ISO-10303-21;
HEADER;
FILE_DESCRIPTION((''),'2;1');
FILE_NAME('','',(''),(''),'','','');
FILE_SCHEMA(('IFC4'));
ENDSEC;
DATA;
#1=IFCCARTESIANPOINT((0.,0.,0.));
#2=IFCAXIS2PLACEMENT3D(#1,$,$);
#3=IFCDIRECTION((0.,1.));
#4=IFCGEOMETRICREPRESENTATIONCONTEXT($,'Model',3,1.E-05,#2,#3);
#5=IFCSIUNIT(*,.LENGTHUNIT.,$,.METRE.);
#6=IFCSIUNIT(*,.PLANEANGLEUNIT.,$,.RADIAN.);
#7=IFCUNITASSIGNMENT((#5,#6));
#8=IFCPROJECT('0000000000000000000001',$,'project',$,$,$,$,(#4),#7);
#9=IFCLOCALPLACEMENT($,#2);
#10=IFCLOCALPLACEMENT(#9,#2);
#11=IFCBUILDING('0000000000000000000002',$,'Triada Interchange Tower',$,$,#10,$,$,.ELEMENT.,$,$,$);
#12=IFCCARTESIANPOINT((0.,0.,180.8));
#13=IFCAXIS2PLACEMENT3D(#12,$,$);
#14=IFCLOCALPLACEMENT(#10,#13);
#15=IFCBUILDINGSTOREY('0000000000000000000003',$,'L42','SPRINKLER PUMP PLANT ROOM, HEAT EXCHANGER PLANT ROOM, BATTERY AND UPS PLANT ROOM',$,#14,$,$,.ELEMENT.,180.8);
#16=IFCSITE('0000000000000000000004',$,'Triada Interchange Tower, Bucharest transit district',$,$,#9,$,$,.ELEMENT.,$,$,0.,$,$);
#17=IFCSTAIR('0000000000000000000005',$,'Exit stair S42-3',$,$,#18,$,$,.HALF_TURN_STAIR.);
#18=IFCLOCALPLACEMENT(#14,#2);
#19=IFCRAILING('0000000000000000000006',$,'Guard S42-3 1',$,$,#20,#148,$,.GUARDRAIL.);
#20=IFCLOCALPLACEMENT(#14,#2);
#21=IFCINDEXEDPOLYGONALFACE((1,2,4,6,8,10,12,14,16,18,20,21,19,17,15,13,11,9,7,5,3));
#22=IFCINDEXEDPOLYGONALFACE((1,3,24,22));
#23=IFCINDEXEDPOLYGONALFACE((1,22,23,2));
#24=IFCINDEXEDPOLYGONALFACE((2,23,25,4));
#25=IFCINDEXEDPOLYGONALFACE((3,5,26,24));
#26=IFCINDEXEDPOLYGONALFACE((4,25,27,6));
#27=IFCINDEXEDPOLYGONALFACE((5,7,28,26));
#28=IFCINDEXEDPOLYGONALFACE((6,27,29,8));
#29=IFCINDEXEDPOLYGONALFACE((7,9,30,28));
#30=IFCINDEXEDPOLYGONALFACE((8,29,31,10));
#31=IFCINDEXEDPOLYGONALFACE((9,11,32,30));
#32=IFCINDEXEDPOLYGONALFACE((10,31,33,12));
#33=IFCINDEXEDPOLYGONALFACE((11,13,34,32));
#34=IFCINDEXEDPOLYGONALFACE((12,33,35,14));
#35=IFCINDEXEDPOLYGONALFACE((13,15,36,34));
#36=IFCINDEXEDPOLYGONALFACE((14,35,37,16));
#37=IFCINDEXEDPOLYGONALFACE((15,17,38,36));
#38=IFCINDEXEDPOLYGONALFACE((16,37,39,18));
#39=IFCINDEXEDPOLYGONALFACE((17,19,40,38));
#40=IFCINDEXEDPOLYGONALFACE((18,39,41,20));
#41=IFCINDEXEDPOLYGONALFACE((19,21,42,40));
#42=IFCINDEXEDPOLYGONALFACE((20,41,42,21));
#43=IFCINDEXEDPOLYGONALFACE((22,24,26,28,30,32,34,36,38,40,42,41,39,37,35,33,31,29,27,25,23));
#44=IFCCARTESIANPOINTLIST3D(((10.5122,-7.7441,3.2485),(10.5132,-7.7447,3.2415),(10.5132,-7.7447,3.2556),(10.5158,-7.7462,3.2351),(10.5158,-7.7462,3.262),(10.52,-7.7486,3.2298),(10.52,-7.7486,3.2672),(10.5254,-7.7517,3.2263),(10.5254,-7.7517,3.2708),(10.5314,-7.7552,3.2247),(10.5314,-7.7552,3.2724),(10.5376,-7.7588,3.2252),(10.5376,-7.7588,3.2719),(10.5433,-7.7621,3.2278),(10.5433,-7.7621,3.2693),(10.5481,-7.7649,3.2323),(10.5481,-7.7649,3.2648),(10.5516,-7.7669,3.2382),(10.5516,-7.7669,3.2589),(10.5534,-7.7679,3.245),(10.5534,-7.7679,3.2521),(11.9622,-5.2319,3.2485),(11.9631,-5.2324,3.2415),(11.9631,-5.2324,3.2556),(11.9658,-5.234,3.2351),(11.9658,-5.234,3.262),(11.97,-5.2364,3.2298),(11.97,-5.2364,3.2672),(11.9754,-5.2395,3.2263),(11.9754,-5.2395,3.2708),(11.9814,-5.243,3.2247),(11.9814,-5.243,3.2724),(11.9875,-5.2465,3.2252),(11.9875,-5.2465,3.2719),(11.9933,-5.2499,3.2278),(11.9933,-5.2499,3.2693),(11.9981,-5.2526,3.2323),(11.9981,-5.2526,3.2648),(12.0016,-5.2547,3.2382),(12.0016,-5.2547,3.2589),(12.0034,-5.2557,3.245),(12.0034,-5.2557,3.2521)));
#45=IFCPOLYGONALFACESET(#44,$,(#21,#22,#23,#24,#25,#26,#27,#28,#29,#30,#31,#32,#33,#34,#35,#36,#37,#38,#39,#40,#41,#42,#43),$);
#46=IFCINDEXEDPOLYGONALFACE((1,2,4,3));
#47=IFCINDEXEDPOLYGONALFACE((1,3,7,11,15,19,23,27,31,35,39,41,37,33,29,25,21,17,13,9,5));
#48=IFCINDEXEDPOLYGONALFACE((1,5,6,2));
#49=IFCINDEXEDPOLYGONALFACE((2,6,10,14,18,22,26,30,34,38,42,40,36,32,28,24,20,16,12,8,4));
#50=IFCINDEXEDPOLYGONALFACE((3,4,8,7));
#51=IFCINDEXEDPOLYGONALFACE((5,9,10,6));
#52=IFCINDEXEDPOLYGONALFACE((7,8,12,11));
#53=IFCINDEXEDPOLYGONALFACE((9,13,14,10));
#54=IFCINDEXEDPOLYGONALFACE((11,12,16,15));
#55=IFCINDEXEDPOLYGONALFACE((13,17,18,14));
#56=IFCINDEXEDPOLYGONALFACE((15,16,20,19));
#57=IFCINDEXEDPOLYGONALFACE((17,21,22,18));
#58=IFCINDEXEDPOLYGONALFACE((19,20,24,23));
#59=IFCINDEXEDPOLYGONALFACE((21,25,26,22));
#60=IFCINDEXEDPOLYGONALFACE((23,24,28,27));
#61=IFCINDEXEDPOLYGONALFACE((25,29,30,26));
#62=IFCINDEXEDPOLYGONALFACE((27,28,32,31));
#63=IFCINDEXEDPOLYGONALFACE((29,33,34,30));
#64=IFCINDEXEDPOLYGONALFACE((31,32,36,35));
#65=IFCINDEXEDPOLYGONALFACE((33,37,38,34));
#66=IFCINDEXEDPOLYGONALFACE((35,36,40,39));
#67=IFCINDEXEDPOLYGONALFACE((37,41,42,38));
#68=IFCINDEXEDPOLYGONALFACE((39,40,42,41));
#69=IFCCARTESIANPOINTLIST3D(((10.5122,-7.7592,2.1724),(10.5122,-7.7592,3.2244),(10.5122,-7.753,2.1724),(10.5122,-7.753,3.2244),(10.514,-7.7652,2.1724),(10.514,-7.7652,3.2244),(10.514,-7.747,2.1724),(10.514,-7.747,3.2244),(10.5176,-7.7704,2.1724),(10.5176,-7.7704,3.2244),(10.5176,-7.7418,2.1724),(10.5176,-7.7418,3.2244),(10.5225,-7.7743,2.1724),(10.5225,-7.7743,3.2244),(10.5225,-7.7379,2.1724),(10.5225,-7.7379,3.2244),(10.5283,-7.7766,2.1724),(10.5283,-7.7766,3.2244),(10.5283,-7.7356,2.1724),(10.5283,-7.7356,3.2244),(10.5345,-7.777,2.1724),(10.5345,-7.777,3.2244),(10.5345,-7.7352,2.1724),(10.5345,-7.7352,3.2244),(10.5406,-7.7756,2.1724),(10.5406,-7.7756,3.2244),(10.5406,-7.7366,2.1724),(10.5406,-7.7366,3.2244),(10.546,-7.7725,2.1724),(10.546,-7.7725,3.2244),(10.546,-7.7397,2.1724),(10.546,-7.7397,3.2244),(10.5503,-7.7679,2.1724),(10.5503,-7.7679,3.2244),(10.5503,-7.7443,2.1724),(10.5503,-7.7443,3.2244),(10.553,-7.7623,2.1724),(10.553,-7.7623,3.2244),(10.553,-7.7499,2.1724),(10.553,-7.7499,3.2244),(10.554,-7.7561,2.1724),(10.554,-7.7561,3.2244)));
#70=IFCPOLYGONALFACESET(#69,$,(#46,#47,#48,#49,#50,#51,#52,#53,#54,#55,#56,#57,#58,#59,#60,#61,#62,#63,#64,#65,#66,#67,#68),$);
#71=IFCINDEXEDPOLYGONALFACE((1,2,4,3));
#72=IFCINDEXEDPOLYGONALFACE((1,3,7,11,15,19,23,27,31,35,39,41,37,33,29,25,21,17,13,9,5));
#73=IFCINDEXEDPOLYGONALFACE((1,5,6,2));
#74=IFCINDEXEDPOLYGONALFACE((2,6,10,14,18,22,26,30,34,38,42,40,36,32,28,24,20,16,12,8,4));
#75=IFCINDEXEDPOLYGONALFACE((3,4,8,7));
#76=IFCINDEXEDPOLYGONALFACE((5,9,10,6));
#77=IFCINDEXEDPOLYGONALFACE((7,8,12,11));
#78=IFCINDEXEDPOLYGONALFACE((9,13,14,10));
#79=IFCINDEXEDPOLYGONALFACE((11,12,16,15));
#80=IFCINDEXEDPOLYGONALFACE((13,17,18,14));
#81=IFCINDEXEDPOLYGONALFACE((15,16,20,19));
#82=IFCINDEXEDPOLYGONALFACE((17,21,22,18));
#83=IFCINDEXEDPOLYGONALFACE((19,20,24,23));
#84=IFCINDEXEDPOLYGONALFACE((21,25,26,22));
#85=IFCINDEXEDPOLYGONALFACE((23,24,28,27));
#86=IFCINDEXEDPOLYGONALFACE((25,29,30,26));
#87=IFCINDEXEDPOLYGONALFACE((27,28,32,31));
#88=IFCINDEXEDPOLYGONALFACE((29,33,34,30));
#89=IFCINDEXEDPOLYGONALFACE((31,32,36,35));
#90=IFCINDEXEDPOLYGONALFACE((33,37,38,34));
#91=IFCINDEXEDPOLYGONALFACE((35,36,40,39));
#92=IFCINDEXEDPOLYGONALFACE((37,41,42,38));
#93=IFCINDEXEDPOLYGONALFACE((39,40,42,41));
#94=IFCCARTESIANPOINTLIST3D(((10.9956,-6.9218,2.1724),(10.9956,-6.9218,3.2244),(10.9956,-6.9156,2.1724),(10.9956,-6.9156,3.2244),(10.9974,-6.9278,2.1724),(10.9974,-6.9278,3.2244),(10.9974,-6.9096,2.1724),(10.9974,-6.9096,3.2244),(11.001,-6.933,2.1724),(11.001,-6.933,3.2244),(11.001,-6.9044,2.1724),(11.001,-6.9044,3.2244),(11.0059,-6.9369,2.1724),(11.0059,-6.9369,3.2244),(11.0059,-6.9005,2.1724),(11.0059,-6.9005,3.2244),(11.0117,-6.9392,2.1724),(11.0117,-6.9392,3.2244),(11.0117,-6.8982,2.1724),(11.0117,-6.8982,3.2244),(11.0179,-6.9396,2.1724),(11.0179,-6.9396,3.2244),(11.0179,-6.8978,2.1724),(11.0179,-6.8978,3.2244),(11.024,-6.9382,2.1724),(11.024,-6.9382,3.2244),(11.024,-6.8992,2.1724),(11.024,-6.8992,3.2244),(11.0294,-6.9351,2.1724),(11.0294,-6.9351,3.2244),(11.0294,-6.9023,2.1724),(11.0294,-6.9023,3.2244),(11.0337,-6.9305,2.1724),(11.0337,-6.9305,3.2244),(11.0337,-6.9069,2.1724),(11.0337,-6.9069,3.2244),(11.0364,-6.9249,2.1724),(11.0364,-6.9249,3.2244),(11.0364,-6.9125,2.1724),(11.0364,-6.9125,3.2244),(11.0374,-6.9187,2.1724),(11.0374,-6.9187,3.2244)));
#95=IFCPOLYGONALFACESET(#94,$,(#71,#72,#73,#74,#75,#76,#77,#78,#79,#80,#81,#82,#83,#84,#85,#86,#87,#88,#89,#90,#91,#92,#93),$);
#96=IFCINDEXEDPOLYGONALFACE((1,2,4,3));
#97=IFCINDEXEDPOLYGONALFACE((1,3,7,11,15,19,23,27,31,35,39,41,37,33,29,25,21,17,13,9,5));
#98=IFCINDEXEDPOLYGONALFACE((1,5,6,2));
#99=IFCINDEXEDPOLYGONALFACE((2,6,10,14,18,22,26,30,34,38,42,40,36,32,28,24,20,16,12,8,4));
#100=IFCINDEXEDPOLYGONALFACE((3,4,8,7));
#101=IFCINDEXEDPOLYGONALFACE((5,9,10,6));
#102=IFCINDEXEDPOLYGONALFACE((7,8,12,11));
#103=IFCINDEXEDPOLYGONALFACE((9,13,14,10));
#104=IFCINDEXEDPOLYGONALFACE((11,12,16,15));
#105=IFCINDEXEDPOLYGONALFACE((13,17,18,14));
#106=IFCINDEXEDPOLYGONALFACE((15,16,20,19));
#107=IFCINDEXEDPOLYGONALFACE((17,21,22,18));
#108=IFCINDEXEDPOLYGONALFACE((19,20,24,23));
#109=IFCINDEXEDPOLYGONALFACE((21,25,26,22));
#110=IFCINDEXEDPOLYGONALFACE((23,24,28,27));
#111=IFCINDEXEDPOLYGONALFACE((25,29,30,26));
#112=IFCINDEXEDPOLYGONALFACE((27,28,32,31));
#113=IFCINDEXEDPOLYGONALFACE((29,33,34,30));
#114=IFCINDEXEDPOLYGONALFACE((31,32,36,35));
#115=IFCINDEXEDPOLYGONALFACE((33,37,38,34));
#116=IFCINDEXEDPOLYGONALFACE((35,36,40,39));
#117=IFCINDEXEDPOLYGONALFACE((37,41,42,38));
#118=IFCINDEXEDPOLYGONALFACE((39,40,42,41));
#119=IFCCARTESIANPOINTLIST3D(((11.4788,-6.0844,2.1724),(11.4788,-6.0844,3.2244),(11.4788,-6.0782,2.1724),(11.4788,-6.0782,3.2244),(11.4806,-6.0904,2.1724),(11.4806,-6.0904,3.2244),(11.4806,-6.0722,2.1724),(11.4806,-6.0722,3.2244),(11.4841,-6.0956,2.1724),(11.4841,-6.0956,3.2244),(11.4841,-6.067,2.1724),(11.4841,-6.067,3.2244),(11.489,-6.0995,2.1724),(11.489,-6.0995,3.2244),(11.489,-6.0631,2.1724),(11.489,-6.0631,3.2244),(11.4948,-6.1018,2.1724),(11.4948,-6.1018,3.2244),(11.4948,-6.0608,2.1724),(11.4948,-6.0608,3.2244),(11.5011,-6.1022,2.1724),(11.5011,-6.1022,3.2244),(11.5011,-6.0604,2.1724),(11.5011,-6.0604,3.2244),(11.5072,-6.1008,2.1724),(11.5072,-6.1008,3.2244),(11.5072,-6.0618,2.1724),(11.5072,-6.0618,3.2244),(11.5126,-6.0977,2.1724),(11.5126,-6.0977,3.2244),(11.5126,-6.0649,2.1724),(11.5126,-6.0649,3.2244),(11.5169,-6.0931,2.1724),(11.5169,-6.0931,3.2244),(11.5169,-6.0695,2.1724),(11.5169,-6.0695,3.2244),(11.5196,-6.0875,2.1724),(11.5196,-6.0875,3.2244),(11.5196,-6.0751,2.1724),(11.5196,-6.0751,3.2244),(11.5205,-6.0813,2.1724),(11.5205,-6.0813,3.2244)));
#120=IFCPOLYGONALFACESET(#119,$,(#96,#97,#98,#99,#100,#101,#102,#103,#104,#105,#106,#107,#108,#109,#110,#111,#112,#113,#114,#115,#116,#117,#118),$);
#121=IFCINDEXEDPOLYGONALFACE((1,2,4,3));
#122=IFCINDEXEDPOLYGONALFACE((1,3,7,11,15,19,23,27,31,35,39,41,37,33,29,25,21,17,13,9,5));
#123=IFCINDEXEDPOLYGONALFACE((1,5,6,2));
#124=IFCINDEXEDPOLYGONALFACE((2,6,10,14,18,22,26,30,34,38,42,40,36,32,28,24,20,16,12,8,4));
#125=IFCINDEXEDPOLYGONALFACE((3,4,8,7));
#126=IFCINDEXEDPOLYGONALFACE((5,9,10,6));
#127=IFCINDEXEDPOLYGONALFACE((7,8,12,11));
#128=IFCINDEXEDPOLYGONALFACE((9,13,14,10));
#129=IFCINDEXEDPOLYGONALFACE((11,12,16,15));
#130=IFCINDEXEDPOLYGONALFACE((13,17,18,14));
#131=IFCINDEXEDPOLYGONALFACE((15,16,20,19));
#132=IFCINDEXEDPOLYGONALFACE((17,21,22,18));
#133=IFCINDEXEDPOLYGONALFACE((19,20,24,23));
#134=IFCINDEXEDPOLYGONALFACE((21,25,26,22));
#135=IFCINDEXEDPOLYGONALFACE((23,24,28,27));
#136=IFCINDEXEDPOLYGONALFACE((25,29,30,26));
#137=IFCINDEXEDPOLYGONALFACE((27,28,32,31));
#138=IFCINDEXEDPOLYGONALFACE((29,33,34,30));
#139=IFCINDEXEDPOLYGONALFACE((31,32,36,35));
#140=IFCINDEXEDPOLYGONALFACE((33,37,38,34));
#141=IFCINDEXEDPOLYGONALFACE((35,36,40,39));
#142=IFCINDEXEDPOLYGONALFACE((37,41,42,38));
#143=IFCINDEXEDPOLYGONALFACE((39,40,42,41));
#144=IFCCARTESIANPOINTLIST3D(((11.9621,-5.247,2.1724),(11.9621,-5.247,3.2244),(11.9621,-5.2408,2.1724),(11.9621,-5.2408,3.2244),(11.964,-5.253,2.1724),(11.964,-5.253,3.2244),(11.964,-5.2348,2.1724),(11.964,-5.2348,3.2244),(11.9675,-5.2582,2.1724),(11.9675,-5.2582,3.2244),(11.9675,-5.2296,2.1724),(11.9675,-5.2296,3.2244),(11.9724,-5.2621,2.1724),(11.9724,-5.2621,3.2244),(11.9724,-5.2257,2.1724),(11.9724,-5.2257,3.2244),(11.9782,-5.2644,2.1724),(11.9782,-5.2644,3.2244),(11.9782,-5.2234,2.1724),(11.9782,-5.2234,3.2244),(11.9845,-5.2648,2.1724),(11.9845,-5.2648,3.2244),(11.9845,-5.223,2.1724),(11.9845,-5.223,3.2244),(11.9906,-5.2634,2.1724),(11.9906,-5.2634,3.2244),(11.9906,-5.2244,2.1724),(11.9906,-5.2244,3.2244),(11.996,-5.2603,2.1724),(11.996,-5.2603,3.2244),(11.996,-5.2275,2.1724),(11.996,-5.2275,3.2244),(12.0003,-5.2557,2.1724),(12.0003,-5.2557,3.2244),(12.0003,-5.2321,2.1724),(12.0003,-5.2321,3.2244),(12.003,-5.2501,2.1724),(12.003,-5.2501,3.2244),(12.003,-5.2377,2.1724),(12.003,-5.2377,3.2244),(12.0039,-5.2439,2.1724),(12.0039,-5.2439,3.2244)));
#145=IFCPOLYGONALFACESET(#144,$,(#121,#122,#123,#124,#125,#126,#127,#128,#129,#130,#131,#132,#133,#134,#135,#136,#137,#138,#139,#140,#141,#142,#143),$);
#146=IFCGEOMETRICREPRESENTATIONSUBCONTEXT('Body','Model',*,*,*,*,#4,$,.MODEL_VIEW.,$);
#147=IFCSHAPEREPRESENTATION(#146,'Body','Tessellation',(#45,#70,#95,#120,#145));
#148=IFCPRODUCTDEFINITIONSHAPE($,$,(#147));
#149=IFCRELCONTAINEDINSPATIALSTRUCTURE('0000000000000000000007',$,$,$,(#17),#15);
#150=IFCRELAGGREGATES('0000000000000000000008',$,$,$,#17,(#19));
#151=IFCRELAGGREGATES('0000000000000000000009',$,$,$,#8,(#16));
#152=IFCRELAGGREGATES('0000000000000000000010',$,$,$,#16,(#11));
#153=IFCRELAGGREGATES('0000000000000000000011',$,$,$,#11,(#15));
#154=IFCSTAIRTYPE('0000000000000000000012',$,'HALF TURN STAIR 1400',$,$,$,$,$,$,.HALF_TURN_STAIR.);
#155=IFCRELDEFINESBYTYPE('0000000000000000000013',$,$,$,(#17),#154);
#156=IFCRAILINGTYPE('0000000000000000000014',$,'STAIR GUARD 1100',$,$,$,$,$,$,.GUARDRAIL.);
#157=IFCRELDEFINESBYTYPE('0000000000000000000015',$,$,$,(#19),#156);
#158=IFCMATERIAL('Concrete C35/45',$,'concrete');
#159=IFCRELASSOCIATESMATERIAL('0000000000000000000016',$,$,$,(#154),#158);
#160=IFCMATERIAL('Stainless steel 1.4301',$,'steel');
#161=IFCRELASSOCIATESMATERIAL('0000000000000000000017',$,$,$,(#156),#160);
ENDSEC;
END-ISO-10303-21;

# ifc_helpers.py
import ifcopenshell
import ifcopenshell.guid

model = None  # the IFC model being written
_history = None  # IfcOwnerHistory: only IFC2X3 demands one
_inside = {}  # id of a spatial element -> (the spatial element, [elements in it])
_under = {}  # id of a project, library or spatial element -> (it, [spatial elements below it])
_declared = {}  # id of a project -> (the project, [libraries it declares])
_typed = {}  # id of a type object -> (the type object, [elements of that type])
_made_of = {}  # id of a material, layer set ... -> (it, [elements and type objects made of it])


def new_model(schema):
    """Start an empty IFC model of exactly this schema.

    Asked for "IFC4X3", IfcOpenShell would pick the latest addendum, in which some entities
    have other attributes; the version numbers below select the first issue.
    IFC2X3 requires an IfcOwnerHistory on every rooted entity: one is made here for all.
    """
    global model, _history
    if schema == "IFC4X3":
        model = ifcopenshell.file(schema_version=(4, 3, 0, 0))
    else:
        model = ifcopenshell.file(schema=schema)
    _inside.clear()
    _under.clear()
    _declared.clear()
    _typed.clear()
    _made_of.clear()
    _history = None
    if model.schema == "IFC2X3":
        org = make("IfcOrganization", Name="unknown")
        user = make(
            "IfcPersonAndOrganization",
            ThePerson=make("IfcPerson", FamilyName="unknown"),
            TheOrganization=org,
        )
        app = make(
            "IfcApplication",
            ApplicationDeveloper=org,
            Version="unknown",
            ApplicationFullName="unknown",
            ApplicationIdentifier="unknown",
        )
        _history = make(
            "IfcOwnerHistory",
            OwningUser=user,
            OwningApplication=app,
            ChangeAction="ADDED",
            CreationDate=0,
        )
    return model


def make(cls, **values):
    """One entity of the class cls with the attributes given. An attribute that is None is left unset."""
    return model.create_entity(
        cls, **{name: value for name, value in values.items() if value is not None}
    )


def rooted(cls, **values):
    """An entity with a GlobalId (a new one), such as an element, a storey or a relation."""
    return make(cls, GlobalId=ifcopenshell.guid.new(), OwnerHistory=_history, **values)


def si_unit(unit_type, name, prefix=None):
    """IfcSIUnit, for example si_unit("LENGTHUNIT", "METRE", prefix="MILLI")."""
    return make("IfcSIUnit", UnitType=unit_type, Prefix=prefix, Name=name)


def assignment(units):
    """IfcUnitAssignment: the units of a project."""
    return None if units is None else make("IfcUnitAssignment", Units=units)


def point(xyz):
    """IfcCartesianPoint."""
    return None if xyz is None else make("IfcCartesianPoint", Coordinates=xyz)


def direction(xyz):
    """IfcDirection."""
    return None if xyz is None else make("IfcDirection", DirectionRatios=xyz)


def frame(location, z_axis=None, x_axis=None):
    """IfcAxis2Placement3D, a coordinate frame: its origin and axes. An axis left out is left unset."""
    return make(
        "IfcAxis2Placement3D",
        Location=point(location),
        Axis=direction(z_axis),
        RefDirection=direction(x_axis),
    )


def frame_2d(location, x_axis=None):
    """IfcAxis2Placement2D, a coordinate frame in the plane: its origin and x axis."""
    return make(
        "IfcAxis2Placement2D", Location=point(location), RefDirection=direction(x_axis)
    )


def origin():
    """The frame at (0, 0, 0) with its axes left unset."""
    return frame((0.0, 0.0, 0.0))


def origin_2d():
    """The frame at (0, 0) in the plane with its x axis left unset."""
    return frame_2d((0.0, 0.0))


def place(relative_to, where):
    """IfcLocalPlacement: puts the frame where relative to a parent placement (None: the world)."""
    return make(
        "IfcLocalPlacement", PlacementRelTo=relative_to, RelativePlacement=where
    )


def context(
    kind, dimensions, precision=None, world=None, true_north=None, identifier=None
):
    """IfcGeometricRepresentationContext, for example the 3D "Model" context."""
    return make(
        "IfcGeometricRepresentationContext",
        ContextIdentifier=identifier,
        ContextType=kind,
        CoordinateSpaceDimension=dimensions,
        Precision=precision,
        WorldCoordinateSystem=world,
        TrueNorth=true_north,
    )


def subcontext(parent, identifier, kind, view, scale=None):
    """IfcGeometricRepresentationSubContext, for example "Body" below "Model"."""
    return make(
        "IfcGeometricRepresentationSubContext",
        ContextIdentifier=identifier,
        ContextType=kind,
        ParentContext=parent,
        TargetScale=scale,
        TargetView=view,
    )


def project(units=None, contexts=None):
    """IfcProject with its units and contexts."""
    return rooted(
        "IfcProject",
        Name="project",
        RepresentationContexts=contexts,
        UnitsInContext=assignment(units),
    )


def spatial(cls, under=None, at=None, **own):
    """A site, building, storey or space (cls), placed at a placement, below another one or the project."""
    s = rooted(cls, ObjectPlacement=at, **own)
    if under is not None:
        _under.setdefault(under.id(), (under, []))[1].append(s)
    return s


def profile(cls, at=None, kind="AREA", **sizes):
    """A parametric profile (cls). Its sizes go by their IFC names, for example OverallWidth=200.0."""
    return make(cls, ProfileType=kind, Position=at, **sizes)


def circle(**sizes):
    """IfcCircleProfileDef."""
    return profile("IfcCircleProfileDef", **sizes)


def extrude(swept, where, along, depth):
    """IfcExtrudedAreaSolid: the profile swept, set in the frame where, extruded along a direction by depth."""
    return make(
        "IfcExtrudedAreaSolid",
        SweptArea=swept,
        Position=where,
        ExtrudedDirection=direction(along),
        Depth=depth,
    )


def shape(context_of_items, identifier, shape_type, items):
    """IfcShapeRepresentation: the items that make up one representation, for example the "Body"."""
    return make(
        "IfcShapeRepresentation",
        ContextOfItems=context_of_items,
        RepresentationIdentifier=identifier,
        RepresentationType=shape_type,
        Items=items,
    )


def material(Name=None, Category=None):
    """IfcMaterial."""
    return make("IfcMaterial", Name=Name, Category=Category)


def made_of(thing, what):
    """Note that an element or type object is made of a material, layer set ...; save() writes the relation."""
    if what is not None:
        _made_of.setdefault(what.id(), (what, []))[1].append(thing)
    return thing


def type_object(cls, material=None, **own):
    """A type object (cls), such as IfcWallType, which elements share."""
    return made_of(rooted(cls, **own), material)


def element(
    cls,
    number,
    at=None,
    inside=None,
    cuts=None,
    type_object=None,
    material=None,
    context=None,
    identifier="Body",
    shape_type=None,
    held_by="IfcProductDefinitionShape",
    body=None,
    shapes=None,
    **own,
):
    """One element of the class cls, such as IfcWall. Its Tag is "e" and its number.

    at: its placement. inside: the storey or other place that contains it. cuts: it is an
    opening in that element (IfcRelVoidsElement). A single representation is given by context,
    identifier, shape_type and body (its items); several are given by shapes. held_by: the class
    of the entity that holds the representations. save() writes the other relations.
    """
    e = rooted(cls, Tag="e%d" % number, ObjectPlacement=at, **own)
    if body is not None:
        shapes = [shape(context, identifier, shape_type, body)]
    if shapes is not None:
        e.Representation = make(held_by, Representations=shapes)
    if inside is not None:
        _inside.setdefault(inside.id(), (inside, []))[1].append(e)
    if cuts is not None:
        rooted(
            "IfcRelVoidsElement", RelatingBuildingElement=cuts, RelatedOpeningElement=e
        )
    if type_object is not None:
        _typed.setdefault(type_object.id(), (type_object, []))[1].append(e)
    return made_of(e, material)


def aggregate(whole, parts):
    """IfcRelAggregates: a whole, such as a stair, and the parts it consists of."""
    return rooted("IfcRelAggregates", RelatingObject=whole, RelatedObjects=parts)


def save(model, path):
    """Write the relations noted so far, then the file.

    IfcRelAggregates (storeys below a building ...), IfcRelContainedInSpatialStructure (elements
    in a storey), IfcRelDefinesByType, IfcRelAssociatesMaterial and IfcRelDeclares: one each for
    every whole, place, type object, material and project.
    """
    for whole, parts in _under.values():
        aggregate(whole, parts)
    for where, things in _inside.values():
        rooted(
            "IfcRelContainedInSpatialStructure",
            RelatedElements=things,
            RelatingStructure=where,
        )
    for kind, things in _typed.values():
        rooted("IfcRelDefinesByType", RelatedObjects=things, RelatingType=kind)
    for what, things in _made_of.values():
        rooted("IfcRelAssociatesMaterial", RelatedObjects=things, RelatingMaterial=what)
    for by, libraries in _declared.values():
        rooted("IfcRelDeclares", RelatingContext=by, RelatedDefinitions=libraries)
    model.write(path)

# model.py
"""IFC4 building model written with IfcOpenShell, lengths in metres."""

from ifc_helpers import new_model, si_unit, direction, frame, origin, origin_2d, place, context, subcontext, project, spatial, circle, extrude, material, type_object, element, aggregate, save


model = new_model("IFC4")

# Units and contexts
model_context = context("Model", 3, precision=1e-05, world=origin(), true_north=direction((0.0, 1.0)))
body_context = subcontext(model_context, "Body", "Model", "MODEL_VIEW")
ifc_project = project(units=[si_unit("LENGTHUNIT", "METRE"), si_unit("PLANEANGLEUNIT", "RADIAN")], contexts=[model_context])

# Site, building, storey
site_placement = place(None, origin())
site = spatial("IfcSite", under=ifc_project, at=site_placement, Name="Triada Interchange Tower, Bucharest transit district", CompositionType="ELEMENT", RefElevation=0.0)
building_placement = place(site_placement, origin())
building = spatial("IfcBuilding", under=site, at=building_placement, Name="Triada Interchange Tower", CompositionType="ELEMENT")
storey_placement = place(building_placement, frame((0.0, 0.0, 180.8)))
storey = spatial("IfcBuildingStorey", under=building, at=storey_placement, Name="L42", Description="SPRINKLER PUMP PLANT ROOM, HEAT EXCHANGER PLANT ROOM, BATTERY AND UPS PLANT ROOM", CompositionType="ELEMENT", Elevation=180.8)

# Shared definitions
ifc_material_1 = material(Name="Concrete C35/45", Category="concrete")

# Stair, railing
stair_type = type_object("IfcStairType", Name="HALF TURN STAIR 1400", PredefinedType="HALF_TURN_STAIR", material=ifc_material_1)
stair_placement = place(storey_placement, origin())
stair = element("IfcStair", 1, at=stair_placement, inside=storey, type_object=stair_type, Name="Exit stair S42-3", PredefinedType="HALF_TURN_STAIR")
ifc_material_2 = material(Name="Stainless steel 1.4301", Category="steel")
railing_type_1 = type_object("IfcRailingType", Name="STAIR GUARD 1100", PredefinedType="GUARDRAIL", material=ifc_material_2)
railing_1_placement = place(storey_placement, frame((10.533, -7.7561, 2.1724)))
railing_1 = element("IfcRailing", 2, at=railing_1_placement, type_object=railing_type_1, Name="Guard S42-3 1", PredefinedType="GUARDRAIL", context=body_context, shape_type="SweptSolid", body=[
    extrude(circle(Radius=0.0239, at=origin_2d()), frame((0.0, 0.0, 1.0762), z_axis=(0.499878, 0.866096, 0.0), x_axis=(-0.866096, 0.499878, 0.0)), (0.0, 0.0, 1.0), 2.9006),
    extrude(circle(Radius=0.021, at=origin_2d()), origin(), (0.0, 0.0, 1.0), 1.052),
    extrude(circle(Radius=0.021, at=origin_2d()), frame((0.4834, 0.8374, 0.0)), (0.0, 0.0, 1.0), 1.052),
    extrude(circle(Radius=0.021, at=origin_2d()), frame((0.9666, 1.6748, 0.0)), (0.0, 0.0, 1.0), 1.052),
    extrude(circle(Radius=0.021, at=origin_2d()), frame((1.45, 2.5122, 0.0)), (0.0, 0.0, 1.0), 1.052),
])
aggregate(stair, [railing_1])

save(model, "model.ifc")
